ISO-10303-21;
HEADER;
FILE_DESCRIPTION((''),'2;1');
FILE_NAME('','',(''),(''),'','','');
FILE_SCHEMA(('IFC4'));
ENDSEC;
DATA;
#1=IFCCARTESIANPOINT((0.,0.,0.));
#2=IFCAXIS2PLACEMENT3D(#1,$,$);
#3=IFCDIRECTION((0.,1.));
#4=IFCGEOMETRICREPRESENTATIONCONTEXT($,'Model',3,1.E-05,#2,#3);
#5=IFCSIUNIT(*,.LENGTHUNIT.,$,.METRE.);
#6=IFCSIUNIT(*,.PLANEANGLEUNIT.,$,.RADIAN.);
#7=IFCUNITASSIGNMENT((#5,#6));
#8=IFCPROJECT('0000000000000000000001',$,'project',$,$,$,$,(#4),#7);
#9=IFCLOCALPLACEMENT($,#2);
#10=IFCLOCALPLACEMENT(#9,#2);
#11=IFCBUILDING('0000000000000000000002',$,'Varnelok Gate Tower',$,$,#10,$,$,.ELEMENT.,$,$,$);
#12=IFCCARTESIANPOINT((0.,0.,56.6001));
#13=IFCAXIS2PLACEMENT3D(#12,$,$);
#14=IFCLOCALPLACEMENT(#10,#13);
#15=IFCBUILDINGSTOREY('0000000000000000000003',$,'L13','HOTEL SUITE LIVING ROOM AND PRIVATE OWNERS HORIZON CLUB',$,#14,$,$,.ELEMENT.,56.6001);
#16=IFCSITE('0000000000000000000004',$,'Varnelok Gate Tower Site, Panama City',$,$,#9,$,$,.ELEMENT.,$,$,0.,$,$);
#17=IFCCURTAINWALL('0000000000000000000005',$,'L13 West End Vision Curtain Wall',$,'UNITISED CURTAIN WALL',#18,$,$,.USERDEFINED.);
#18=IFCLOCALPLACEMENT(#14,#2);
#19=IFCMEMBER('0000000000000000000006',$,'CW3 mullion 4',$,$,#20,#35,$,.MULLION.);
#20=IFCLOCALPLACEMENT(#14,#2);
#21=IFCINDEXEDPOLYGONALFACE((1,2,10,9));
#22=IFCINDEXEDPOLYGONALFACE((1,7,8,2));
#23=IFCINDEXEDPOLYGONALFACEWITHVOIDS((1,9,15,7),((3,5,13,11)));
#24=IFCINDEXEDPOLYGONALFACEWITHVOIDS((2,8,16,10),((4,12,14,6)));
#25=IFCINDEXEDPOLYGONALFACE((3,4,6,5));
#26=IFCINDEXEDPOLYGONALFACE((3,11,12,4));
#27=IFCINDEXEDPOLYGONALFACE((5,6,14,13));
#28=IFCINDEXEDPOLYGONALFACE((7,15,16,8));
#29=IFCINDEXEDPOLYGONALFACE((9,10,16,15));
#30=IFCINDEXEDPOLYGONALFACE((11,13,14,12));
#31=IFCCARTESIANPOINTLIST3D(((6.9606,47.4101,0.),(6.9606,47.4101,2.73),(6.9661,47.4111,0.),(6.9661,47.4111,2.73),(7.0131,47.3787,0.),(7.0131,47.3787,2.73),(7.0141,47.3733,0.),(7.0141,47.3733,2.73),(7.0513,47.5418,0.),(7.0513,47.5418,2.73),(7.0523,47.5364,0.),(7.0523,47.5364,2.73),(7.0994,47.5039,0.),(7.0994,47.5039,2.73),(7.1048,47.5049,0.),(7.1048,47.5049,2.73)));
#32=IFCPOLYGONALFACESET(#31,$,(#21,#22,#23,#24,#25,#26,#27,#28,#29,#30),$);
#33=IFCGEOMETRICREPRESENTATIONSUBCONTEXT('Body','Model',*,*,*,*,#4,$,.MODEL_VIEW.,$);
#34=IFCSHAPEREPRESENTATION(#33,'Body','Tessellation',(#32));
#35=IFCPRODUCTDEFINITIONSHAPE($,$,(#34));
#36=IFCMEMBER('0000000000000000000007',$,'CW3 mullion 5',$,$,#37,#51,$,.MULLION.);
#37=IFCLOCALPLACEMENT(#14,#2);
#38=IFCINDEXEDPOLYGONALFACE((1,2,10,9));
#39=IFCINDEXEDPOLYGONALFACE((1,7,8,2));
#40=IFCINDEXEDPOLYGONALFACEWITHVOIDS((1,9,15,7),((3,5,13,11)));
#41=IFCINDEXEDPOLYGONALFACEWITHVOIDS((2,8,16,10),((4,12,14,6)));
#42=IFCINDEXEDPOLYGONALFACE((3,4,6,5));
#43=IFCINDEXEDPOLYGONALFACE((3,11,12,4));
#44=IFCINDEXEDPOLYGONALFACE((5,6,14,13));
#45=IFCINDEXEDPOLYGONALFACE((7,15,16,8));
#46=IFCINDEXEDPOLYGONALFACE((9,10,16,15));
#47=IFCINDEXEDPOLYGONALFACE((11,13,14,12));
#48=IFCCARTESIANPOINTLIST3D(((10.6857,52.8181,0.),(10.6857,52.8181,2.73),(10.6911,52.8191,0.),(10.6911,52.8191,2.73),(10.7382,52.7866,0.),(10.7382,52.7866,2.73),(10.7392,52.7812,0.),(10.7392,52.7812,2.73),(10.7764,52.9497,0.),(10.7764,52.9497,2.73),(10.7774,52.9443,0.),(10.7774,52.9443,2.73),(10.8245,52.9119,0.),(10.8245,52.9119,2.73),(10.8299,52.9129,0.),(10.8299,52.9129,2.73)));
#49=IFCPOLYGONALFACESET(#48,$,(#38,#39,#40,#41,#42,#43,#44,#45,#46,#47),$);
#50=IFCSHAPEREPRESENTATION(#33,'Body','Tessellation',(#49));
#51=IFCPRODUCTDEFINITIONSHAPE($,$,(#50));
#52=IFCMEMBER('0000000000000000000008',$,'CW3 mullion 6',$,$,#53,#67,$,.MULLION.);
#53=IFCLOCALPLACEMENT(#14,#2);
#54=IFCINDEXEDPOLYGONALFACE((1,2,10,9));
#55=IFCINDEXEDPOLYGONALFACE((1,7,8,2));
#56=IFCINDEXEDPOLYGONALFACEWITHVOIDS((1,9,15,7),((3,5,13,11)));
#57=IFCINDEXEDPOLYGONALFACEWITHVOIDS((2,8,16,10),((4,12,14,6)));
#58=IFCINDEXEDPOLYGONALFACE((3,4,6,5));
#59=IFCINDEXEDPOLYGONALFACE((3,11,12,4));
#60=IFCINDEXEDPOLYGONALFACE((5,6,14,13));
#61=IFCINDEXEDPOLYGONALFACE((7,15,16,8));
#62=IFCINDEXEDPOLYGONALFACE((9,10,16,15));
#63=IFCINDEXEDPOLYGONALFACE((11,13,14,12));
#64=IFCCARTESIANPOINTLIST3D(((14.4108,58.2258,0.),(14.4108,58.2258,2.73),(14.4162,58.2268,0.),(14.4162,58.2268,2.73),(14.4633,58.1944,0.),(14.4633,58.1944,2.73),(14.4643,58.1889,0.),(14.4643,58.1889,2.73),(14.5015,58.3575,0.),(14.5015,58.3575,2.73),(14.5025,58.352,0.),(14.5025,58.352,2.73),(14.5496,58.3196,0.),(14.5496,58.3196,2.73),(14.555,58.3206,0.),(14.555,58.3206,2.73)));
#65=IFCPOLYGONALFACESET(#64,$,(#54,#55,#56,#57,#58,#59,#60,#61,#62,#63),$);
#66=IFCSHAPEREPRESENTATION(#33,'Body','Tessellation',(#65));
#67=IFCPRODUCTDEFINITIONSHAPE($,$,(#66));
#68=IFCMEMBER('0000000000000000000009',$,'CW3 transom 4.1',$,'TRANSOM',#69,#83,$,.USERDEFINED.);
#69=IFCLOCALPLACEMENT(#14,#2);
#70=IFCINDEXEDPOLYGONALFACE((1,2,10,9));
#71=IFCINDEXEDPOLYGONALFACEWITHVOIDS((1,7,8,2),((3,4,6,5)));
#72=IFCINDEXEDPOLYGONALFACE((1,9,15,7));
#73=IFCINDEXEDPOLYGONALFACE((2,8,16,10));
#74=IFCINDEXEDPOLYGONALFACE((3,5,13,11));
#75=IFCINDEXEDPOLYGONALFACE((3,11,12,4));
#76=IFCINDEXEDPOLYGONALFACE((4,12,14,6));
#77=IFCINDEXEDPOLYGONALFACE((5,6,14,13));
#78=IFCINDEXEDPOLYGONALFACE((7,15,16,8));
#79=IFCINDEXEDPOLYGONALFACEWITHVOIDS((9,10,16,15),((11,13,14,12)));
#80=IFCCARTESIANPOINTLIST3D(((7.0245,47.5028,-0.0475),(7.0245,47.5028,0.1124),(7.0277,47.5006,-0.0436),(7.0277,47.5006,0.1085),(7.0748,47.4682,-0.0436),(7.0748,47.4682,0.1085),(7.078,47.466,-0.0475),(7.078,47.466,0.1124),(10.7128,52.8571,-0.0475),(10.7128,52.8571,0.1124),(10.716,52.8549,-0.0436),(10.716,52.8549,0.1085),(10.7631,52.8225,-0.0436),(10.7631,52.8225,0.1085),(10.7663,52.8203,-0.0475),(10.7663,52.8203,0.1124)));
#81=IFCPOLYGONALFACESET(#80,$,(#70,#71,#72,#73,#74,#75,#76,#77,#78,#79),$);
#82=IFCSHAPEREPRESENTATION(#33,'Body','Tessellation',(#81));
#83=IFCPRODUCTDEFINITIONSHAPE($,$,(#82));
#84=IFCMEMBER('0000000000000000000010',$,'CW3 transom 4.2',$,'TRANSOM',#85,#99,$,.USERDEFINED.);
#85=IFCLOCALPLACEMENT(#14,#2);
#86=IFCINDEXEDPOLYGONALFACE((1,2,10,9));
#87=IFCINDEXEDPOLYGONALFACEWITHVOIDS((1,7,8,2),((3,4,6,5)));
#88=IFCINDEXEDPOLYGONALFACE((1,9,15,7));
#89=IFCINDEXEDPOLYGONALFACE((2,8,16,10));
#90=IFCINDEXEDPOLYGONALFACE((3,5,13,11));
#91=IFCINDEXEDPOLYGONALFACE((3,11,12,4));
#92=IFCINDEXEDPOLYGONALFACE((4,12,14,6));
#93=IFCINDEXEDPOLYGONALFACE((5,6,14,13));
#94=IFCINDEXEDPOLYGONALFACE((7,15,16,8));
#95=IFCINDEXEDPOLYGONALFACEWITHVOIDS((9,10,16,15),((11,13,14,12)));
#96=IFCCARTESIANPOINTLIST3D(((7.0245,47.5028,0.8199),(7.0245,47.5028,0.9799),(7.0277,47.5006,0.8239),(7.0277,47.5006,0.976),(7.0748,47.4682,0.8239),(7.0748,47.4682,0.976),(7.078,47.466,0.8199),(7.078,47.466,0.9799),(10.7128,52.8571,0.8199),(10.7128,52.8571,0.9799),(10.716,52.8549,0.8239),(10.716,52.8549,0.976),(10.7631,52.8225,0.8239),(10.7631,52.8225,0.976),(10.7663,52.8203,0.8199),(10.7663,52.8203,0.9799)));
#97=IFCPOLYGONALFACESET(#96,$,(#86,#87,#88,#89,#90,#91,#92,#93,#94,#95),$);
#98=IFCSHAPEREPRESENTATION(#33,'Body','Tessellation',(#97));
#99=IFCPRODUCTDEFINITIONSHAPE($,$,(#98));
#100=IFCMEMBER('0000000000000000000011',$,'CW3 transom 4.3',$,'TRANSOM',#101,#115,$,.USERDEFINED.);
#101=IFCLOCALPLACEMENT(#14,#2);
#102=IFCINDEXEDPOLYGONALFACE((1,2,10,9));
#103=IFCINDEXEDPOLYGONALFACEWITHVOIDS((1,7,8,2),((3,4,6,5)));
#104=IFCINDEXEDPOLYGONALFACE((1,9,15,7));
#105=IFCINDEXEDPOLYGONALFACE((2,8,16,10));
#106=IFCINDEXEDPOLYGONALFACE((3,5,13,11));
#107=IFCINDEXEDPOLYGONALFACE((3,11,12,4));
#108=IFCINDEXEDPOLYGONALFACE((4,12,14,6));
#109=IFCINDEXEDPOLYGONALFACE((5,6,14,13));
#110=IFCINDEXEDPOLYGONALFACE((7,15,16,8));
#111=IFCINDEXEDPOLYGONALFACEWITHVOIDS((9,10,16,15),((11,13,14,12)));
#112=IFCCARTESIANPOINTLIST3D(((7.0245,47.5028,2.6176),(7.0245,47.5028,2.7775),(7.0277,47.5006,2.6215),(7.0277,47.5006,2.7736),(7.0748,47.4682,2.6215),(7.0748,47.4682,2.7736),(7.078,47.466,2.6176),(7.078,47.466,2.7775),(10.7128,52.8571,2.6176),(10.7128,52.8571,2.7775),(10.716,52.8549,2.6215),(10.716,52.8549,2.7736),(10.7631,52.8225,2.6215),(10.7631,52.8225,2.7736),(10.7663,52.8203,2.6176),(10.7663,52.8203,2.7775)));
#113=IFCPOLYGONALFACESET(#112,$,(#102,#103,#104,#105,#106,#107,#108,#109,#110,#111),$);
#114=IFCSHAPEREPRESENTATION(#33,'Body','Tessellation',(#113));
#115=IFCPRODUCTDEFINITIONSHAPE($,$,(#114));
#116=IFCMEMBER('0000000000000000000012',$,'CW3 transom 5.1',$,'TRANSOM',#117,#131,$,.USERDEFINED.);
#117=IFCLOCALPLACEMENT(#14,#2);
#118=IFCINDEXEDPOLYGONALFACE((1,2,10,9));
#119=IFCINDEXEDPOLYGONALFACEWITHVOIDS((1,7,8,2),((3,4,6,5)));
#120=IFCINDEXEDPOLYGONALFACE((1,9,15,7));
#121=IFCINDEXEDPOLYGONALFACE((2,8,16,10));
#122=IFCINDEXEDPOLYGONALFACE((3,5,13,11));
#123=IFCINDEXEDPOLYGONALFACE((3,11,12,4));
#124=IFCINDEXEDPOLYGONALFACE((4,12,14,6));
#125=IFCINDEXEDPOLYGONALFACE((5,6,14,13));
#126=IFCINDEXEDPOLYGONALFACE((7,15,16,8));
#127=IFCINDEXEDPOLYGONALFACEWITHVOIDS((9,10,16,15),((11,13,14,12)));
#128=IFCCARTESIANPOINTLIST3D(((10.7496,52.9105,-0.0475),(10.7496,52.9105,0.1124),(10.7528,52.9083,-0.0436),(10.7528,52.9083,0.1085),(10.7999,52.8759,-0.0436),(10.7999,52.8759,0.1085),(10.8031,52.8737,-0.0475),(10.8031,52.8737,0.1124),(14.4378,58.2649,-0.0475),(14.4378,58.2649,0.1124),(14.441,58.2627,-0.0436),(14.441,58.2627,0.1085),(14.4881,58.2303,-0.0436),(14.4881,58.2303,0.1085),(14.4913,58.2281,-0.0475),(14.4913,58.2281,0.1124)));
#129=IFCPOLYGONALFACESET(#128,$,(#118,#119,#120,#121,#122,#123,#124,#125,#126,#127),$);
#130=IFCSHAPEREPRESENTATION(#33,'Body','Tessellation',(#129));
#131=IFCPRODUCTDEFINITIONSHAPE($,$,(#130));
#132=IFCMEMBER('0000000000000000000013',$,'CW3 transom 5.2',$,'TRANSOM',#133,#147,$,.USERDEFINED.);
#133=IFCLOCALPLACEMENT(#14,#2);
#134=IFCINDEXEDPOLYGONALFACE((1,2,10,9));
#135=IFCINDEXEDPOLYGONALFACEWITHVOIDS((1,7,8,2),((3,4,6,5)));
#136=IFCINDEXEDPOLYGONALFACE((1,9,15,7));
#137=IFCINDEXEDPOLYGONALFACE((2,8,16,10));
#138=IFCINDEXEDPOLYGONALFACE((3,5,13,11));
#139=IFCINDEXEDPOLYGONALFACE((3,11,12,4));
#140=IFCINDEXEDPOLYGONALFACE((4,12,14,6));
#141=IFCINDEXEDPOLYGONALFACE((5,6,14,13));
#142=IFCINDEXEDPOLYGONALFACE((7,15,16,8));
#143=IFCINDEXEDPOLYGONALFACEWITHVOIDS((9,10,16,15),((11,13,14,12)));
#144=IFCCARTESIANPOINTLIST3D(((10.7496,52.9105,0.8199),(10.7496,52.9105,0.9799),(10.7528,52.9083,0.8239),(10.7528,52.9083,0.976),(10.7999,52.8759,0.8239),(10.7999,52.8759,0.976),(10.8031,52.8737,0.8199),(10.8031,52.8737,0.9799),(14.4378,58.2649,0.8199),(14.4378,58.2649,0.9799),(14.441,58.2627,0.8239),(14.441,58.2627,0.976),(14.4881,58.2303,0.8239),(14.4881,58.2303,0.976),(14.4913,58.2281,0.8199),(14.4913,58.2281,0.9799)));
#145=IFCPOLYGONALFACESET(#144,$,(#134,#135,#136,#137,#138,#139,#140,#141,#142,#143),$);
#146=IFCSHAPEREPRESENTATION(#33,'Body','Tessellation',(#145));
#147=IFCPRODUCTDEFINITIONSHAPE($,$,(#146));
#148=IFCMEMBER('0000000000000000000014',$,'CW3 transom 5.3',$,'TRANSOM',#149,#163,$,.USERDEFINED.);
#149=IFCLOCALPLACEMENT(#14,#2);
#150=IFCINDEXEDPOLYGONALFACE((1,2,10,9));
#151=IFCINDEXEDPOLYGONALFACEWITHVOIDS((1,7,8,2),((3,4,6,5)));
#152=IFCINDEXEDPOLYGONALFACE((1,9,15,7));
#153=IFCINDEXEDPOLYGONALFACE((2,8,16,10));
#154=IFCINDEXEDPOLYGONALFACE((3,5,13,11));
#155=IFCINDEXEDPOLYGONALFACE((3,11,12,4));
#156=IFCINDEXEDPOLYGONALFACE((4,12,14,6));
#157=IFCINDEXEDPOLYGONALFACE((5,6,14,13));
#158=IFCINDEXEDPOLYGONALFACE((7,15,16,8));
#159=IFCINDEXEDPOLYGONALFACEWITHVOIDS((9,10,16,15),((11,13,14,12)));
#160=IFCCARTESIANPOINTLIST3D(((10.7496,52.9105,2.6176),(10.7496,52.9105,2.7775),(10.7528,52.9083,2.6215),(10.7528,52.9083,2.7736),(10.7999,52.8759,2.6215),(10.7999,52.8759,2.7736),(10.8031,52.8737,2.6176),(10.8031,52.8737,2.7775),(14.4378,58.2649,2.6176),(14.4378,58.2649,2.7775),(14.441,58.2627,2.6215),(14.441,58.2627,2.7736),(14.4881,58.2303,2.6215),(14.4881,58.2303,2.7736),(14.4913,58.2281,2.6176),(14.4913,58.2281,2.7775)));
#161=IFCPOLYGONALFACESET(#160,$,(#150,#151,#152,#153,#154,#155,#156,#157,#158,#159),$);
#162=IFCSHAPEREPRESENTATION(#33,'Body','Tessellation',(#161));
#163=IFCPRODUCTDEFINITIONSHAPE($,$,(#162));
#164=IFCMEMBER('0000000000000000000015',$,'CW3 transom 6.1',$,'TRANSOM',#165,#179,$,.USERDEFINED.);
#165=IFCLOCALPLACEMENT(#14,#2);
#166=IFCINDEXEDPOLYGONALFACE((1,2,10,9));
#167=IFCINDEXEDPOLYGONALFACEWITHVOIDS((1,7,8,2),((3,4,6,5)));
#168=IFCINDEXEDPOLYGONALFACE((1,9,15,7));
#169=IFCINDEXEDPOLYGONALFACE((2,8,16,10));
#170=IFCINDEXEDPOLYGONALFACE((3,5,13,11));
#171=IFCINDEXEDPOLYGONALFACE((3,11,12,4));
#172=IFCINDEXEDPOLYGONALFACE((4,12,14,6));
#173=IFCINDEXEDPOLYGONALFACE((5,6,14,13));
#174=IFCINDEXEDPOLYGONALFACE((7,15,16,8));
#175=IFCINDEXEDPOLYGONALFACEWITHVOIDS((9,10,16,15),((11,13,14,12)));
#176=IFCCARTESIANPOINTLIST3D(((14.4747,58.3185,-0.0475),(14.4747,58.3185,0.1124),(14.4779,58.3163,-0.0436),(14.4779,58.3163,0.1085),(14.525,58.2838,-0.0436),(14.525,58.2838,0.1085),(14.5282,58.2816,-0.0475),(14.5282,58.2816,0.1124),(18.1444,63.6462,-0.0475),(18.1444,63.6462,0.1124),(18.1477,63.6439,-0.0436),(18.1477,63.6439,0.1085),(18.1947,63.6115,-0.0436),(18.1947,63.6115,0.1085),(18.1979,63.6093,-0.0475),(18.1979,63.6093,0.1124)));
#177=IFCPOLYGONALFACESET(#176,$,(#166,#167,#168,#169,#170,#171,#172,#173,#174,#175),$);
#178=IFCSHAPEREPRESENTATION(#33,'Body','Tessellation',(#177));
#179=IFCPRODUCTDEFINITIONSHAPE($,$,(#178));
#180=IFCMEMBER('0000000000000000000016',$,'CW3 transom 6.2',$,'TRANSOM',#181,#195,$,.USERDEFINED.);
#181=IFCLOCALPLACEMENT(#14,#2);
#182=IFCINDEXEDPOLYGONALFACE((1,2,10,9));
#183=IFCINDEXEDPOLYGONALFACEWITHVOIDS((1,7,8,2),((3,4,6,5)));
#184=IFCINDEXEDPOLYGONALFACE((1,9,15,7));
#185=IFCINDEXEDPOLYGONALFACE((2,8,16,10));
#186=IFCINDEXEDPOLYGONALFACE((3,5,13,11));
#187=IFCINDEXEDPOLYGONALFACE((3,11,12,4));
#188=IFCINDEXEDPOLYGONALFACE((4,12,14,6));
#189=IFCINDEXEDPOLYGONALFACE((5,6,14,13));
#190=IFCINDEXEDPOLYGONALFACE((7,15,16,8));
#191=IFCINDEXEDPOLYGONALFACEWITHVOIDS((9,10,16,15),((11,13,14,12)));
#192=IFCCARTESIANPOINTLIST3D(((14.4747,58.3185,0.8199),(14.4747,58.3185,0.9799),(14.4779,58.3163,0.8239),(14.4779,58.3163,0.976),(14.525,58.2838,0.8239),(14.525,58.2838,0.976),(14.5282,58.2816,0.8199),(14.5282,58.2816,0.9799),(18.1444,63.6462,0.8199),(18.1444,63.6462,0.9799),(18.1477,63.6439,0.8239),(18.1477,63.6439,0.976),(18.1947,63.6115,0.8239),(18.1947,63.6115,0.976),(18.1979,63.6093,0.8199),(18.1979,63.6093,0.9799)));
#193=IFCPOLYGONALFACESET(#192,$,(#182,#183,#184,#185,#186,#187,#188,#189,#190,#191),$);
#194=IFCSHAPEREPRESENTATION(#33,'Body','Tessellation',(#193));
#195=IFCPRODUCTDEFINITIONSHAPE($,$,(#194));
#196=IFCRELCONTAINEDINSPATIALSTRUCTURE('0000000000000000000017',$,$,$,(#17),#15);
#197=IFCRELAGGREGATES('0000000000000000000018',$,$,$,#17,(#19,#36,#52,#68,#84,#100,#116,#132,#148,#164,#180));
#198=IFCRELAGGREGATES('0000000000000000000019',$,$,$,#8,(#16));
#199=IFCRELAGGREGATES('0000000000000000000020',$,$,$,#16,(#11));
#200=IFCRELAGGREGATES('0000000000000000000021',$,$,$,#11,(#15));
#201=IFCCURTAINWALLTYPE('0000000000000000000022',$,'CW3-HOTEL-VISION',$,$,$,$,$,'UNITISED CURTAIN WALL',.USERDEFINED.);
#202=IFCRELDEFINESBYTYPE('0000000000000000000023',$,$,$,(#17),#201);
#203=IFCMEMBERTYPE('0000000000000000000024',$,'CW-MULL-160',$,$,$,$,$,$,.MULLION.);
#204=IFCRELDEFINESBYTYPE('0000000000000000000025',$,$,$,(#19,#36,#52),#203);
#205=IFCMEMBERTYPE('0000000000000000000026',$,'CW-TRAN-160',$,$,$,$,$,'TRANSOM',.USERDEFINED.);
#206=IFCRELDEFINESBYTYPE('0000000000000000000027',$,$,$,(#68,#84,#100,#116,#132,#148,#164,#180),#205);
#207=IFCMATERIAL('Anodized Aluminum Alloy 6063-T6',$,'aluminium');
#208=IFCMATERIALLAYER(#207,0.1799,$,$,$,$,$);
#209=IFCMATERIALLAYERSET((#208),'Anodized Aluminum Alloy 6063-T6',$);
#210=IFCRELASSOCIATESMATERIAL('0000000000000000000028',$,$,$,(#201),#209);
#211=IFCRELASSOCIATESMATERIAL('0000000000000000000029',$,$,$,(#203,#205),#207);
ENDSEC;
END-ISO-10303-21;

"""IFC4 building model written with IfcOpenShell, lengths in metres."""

from ifc_helpers import new_model, si_unit, direction, frame, origin, origin_2d, place, context, subcontext, project, spatial, hollow_rectangle, extrude, material, layer, layer_set, material_profile, profile_set, type_object, element, aggregate, save


model = new_model("IFC4")

# Units and contexts
model_context = context("Model", 3, precision=1e-05, world=origin(), true_north=direction((0.0, 1.0)))
body_context = subcontext(model_context, "Body", "Model", "MODEL_VIEW")
ifc_project = project(units=[si_unit("LENGTHUNIT", "METRE"), si_unit("PLANEANGLEUNIT", "RADIAN")], contexts=[model_context])

# Site, building, storey
site_placement = place(None, origin())
site = spatial("IfcSite", under=ifc_project, at=site_placement, Name="Varnelok Gate Tower Site, Panama City", CompositionType="ELEMENT", RefElevation=0.0)
building_placement = place(site_placement, origin())
building = spatial("IfcBuilding", under=site, at=building_placement, Name="Varnelok Gate Tower", CompositionType="ELEMENT")
storey_placement = place(building_placement, frame((0.0, 0.0, 56.6001)))
storey = spatial("IfcBuildingStorey", under=building, at=storey_placement, Name="L13", Description="HOTEL SUITE LIVING ROOM AND PRIVATE OWNERS HORIZON CLUB", CompositionType="ELEMENT", Elevation=56.6001)

# Curtain wall, members
ifc_material_1 = material(Name="Anodized Aluminum Alloy 6063-T6", Category="aluminium")
ifc_layer_1 = layer(ifc_material_1, 0.1799)
ifc_layer_set_1 = layer_set([ifc_layer_1], Name="Anodized Aluminum Alloy 6063-T6")
curtain_wall_type = type_object("IfcCurtainWallType", Name="CW3-HOTEL-VISION", ElementType="UNITISED CURTAIN WALL", PredefinedType="USERDEFINED", material=ifc_layer_set_1)
curtain_wall_placement = place(storey_placement, origin())
curtain_wall = element("IfcCurtainWall", 1, at=curtain_wall_placement, inside=storey, type_object=curtain_wall_type, Name="L13 West End Vision Curtain Wall", ObjectType="UNITISED CURTAIN WALL", PredefinedType="USERDEFINED")
ifc_material_profile_1 = material_profile(ifc_material_1, hollow_rectangle(XDim=0.0649, YDim=0.1599, WallThickness=0.0039, at=origin_2d()), Name="ALU160X65X4")
ifc_profile_set_1 = profile_set([ifc_material_profile_1], Name="Anodized Aluminum Alloy 6063-T6")
member_type_1 = type_object("IfcMemberType", Name="CW-MULL-160", PredefinedType="MULLION", material=ifc_profile_set_1)
member_1_placement = place(storey_placement, frame((7.0327, 47.4575, 0.0), z_axis=(0.0, 0.0, 1.0), x_axis=(-0.823533, 0.567269, 0.0)))
member_1 = element("IfcMember", 2, at=member_1_placement, type_object=member_type_1, Name="CW3 mullion 4", PredefinedType="MULLION", context=body_context, shape_type="SweptSolid", body=[
    extrude(hollow_rectangle(XDim=0.0649, YDim=0.1599, WallThickness=0.0039, at=origin_2d()), origin(), (0.0, 0.0, 1.0), 2.73),
])
member_2_placement = place(storey_placement, frame((10.7578, 52.8655, 0.0), z_axis=(0.0, 0.0, 1.0), x_axis=(-0.823533, 0.567269, 0.0)))
member_2 = element("IfcMember", 3, at=member_2_placement, type_object=member_type_1, Name="CW3 mullion 5", PredefinedType="MULLION", context=body_context, shape_type="SweptSolid", body=[
    extrude(hollow_rectangle(XDim=0.0649, YDim=0.1599, WallThickness=0.0039, at=origin_2d()), origin(), (0.0, 0.0, 1.0), 2.73),
])
member_3_placement = place(storey_placement, frame((14.4829, 58.2732, 0.0), z_axis=(0.0, 0.0, 1.0), x_axis=(-0.823533, 0.567269, 0.0)))
member_3 = element("IfcMember", 4, at=member_3_placement, type_object=member_type_1, Name="CW3 mullion 6", PredefinedType="MULLION", context=body_context, shape_type="SweptSolid", body=[
    extrude(hollow_rectangle(XDim=0.0649, YDim=0.1599, WallThickness=0.0039, at=origin_2d()), origin(), (0.0, 0.0, 1.0), 2.73),
])
ifc_material_profile_2 = material_profile(ifc_material_1, hollow_rectangle(XDim=0.0649, YDim=0.1599, WallThickness=0.0039, at=origin_2d()), Name="ALU160X65X4")
ifc_profile_set_2 = profile_set([ifc_material_profile_2], Name="Anodized Aluminum Alloy 6063-T6")
member_type_2 = type_object("IfcMemberType", Name="CW-TRAN-160", ElementType="TRANSOM", PredefinedType="USERDEFINED", material=ifc_profile_set_2)
member_4_placement = place(storey_placement, frame((7.0513, 47.4844, 0.0325), z_axis=(0.567279, 0.823526, 0.0), x_axis=(-0.823526, 0.567279, 0.0)))
member_4 = element("IfcMember", 5, at=member_4_placement, type_object=member_type_2, Name="CW3 transom 4.1", ObjectType="TRANSOM", PredefinedType="USERDEFINED", context=body_context, shape_type="SweptSolid", body=[
    extrude(hollow_rectangle(XDim=0.0649, YDim=0.1599, WallThickness=0.0039, at=origin_2d()), origin(), (0.0, 0.0, 1.0), 6.5017),
])
member_5_placement = place(storey_placement, frame((7.0513, 47.4844, 0.8999), z_axis=(0.567279, 0.823526, 0.0), x_axis=(-0.823526, 0.567279, 0.0)))
member_5 = element("IfcMember", 6, at=member_5_placement, type_object=member_type_2, Name="CW3 transom 4.2", ObjectType="TRANSOM", PredefinedType="USERDEFINED", context=body_context, shape_type="SweptSolid", body=[
    extrude(hollow_rectangle(XDim=0.0649, YDim=0.1599, WallThickness=0.0039, at=origin_2d()), origin(), (0.0, 0.0, 1.0), 6.5017),
])
member_6_placement = place(storey_placement, frame((7.0513, 47.4844, 2.6975), z_axis=(0.567279, 0.823526, 0.0), x_axis=(-0.823526, 0.567279, 0.0)))
member_6 = element("IfcMember", 7, at=member_6_placement, type_object=member_type_2, Name="CW3 transom 4.3", ObjectType="TRANSOM", PredefinedType="USERDEFINED", context=body_context, shape_type="SweptSolid", body=[
    extrude(hollow_rectangle(XDim=0.0649, YDim=0.1599, WallThickness=0.0039, at=origin_2d()), origin(), (0.0, 0.0, 1.0), 6.5017),
])
member_7_placement = place(storey_placement, frame((10.7764, 52.8921, 0.0325), z_axis=(0.567262, 0.823538, 0.0), x_axis=(-0.823538, 0.567262, 0.0)))
member_7 = element("IfcMember", 8, at=member_7_placement, type_object=member_type_2, Name="CW3 transom 5.1", ObjectType="TRANSOM", PredefinedType="USERDEFINED", context=body_context, shape_type="SweptSolid", body=[
    extrude(hollow_rectangle(XDim=0.0649, YDim=0.1599, WallThickness=0.0039, at=origin_2d()), origin(), (0.0, 0.0, 1.0), 6.5017),
])
member_8_placement = place(storey_placement, frame((10.7764, 52.8921, 0.8999), z_axis=(0.567262, 0.823538, 0.0), x_axis=(-0.823538, 0.567262, 0.0)))
member_8 = element("IfcMember", 9, at=member_8_placement, type_object=member_type_2, Name="CW3 transom 5.2", ObjectType="TRANSOM", PredefinedType="USERDEFINED", context=body_context, shape_type="SweptSolid", body=[
    extrude(hollow_rectangle(XDim=0.0649, YDim=0.1599, WallThickness=0.0039, at=origin_2d()), origin(), (0.0, 0.0, 1.0), 6.5017),
])
member_9_placement = place(storey_placement, frame((10.7764, 52.8921, 2.6975), z_axis=(0.567262, 0.823538, 0.0), x_axis=(-0.823538, 0.567262, 0.0)))
member_9 = element("IfcMember", 10, at=member_9_placement, type_object=member_type_2, Name="CW3 transom 5.3", ObjectType="TRANSOM", PredefinedType="USERDEFINED", context=body_context, shape_type="SweptSolid", body=[
    extrude(hollow_rectangle(XDim=0.0649, YDim=0.1599, WallThickness=0.0039, at=origin_2d()), origin(), (0.0, 0.0, 1.0), 6.5017),
])
member_10_placement = place(storey_placement, frame((14.5015, 58.3, 0.0325), z_axis=(0.567256, 0.823542, 0.0), x_axis=(-0.823542, 0.567256, 0.0)))
member_10 = element("IfcMember", 11, at=member_10_placement, type_object=member_type_2, Name="CW3 transom 6.1", ObjectType="TRANSOM", PredefinedType="USERDEFINED", context=body_context, shape_type="SweptSolid", body=[
    extrude(hollow_rectangle(XDim=0.0649, YDim=0.1599, WallThickness=0.0039, at=origin_2d()), origin(), (0.0, 0.0, 1.0), 6.4692),
])
member_11_placement = place(storey_placement, frame((14.5015, 58.3, 0.8999), z_axis=(0.567256, 0.823542, 0.0), x_axis=(-0.823542, 0.567256, 0.0)))
member_11 = element("IfcMember", 12, at=member_11_placement, type_object=member_type_2, Name="CW3 transom 6.2", ObjectType="TRANSOM", PredefinedType="USERDEFINED", context=body_context, shape_type="SweptSolid", body=[
    extrude(hollow_rectangle(XDim=0.0649, YDim=0.1599, WallThickness=0.0039, at=origin_2d()), origin(), (0.0, 0.0, 1.0), 6.4692),
])
aggregate(curtain_wall, [member_1, member_2, member_3, member_4, member_5, member_6, member_7, member_8, member_9, member_10, member_11])

save(model, "model.ifc")
